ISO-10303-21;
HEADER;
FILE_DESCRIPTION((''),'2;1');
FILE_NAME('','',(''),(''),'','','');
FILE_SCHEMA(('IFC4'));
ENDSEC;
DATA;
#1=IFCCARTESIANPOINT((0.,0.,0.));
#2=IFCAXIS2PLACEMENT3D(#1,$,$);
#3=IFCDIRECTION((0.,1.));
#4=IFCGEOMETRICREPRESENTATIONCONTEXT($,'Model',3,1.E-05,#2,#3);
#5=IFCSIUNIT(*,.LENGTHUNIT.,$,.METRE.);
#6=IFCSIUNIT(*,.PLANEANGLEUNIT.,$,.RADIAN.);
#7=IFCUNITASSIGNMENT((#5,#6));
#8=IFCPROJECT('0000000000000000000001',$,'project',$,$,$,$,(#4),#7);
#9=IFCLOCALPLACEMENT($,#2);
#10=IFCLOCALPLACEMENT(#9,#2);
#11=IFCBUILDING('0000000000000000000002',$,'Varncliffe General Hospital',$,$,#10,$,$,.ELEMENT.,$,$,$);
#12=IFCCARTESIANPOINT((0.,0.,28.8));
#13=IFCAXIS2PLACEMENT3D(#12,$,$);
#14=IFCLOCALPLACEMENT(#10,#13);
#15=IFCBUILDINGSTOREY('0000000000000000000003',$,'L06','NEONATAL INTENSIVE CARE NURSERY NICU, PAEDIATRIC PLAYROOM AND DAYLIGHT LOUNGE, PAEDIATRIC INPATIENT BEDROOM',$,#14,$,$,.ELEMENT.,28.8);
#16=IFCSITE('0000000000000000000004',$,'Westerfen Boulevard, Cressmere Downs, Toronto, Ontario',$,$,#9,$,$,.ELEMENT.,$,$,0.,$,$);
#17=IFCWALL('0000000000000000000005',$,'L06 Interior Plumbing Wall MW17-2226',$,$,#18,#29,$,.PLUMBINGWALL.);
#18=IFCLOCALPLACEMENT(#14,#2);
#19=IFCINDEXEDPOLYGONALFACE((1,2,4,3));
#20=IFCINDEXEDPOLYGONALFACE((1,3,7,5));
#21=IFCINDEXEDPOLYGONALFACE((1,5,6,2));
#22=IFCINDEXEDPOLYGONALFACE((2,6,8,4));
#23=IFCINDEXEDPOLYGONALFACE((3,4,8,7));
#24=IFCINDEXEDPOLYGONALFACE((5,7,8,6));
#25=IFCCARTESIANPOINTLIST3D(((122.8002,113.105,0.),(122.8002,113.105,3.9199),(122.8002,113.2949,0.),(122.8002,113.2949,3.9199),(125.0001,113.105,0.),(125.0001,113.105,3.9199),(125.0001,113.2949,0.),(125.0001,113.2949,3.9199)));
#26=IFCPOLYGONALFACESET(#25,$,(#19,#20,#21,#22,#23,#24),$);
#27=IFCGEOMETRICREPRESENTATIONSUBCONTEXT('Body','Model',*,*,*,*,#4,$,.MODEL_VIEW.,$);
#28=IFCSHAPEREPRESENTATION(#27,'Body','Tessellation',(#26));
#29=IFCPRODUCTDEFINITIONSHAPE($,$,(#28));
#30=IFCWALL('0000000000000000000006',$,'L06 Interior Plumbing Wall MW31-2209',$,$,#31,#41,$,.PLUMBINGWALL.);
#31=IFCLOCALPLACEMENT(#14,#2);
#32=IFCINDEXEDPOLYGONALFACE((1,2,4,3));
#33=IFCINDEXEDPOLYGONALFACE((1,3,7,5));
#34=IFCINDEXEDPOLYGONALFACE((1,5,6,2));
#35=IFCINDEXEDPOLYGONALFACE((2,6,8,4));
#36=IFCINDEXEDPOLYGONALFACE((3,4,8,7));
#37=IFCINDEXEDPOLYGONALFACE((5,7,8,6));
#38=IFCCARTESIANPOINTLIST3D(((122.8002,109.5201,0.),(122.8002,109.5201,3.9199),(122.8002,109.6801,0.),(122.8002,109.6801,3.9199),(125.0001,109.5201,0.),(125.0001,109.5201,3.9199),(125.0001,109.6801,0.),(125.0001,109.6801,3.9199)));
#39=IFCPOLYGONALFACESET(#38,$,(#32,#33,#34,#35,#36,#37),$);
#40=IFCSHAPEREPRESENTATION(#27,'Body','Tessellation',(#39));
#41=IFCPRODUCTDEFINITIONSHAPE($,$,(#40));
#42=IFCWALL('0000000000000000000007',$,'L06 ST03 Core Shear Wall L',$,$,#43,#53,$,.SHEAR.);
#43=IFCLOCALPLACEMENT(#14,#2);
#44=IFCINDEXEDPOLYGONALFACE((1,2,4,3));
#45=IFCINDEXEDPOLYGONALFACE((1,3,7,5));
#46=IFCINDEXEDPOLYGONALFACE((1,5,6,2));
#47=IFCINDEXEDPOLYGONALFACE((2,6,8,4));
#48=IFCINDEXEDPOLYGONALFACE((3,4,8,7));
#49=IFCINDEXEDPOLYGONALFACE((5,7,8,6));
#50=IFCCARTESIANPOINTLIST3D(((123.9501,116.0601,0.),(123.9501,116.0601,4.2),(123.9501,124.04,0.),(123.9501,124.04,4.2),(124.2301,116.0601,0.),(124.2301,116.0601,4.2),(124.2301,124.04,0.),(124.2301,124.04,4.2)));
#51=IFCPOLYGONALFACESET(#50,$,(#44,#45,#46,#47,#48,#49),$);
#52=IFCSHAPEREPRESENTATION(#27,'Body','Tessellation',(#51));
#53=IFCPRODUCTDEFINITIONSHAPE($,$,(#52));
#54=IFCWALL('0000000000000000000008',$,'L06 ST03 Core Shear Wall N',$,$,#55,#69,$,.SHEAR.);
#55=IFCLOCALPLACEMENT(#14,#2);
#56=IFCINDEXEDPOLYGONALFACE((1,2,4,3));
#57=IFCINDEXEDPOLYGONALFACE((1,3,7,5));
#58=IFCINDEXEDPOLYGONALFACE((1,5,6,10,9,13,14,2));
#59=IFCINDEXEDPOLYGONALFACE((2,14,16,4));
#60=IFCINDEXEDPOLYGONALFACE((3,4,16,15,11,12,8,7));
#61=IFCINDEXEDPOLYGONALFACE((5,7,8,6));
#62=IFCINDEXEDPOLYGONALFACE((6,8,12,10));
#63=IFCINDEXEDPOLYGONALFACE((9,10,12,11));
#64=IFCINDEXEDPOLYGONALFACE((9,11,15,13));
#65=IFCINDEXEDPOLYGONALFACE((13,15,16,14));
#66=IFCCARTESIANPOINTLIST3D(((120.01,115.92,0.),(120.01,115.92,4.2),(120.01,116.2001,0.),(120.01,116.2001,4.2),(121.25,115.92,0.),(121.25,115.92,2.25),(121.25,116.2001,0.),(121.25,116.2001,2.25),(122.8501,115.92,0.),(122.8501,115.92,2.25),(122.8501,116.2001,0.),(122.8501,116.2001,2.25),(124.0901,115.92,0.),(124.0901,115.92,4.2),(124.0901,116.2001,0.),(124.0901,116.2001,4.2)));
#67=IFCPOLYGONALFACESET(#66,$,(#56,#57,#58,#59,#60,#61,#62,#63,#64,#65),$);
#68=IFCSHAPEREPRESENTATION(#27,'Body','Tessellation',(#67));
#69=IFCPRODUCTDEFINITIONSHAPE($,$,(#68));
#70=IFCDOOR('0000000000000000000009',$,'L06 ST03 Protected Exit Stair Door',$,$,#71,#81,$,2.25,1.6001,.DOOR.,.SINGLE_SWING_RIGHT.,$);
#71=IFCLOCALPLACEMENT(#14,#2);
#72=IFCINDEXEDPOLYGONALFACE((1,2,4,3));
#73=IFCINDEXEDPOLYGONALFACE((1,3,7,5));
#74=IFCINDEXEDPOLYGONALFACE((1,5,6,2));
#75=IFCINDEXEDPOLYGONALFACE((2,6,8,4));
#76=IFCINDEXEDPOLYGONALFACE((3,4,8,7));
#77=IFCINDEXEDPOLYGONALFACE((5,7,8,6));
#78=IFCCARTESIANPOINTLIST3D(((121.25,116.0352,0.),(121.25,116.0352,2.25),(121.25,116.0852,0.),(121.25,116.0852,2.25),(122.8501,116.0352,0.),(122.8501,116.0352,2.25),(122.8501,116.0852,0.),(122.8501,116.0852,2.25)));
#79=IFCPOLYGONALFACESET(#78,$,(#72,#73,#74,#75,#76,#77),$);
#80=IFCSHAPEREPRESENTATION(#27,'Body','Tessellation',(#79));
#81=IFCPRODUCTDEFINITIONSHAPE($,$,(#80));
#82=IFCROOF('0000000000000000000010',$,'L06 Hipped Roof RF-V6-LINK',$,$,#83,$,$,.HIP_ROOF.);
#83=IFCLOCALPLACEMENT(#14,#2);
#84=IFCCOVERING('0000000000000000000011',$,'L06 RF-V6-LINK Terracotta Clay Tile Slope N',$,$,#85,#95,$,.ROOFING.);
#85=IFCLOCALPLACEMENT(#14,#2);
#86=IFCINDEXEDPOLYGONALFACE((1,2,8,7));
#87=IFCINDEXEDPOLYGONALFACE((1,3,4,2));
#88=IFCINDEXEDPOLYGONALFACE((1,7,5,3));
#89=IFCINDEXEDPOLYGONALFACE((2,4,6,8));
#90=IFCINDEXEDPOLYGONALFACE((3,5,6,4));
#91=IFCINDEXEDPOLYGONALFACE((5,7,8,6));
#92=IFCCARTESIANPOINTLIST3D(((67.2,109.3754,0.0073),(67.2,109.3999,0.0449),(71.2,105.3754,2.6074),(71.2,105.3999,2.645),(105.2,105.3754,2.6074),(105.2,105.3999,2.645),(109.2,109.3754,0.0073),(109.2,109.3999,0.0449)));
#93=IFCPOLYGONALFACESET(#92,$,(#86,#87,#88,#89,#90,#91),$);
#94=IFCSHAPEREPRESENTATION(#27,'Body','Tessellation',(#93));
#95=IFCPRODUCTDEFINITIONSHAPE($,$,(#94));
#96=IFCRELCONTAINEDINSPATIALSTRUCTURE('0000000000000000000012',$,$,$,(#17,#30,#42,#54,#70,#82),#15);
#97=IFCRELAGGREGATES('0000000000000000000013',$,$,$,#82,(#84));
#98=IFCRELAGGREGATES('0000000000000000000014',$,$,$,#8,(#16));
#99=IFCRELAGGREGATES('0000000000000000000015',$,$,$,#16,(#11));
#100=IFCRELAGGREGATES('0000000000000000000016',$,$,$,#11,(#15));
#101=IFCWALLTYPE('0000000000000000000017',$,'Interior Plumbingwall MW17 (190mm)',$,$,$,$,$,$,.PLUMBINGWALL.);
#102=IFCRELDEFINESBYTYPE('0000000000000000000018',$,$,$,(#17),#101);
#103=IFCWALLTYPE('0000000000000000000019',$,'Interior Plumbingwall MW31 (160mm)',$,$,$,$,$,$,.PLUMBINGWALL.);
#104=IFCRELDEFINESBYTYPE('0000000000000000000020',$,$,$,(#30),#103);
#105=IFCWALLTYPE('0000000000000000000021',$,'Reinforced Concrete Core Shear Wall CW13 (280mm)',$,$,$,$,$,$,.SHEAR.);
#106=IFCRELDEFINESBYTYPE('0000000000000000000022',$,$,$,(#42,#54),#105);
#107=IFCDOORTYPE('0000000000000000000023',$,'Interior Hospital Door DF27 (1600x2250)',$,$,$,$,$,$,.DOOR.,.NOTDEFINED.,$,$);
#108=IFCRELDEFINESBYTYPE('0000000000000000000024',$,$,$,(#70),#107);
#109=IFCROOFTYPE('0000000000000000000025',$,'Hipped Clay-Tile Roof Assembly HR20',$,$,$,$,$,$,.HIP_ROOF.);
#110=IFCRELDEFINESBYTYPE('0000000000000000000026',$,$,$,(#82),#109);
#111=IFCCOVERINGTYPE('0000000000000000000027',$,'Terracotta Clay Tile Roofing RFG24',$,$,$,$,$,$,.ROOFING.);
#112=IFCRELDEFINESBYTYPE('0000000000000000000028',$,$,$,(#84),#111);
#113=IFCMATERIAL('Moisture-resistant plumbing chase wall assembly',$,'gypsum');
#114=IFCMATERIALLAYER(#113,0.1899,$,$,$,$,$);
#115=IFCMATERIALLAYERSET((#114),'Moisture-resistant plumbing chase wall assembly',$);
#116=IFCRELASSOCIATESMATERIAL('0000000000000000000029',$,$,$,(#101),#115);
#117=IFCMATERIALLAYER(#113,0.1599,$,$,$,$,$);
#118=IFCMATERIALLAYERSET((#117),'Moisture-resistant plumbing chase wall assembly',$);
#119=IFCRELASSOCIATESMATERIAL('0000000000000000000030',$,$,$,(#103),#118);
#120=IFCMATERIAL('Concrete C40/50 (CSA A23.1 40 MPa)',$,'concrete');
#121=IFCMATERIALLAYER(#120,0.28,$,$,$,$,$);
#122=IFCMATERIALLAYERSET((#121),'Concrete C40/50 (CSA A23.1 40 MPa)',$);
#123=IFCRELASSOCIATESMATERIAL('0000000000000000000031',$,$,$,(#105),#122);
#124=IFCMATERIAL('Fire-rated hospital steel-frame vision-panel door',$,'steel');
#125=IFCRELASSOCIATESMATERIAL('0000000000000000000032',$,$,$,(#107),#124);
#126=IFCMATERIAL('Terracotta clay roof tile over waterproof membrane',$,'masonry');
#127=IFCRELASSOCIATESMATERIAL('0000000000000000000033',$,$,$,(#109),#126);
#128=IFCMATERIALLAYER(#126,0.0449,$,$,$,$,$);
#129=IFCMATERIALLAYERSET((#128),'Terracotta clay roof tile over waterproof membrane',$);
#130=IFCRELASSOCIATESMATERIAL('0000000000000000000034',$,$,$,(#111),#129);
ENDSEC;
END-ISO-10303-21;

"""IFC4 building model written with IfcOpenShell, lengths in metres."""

from ifc_helpers import new_model, si_unit, direction, frame, frame_2d, origin, place, context, subcontext, project, spatial, polyline, rectangle, outline, extrude, material, layer, layer_set, type_object, element, fill, aggregate, save


model = new_model("IFC4")

# Units and contexts
model_context = context("Model", 3, precision=1e-05, world=origin(), true_north=direction((0.0, 1.0)))
body_context = subcontext(model_context, "Body", "Model", "MODEL_VIEW")
ifc_project = project(units=[si_unit("LENGTHUNIT", "METRE"), si_unit("PLANEANGLEUNIT", "RADIAN")], contexts=[model_context])

# Site, building, storey
site_placement = place(None, origin())
site = spatial("IfcSite", under=ifc_project, at=site_placement, Name="Westerfen Boulevard, Cressmere Downs, Toronto, Ontario", CompositionType="ELEMENT", RefElevation=0.0)
building_placement = place(site_placement, origin())
building = spatial("IfcBuilding", under=site, at=building_placement, Name="Varncliffe General Hospital", CompositionType="ELEMENT")
storey_placement = place(building_placement, frame((0.0, 0.0, 28.8)))
storey = spatial("IfcBuildingStorey", under=building, at=storey_placement, Name="L06", Description="NEONATAL INTENSIVE CARE NURSERY NICU, PAEDIATRIC PLAYROOM AND DAYLIGHT LOUNGE, PAEDIATRIC INPATIENT BEDROOM", CompositionType="ELEMENT", Elevation=28.8)

# Shared definitions
ifc_material_1 = material(Name="Concrete C40/50 (CSA A23.1 40 MPa)", Category="concrete")

# Shared definitions
ifc_material_2 = material(Name="Fire-rated hospital steel-frame vision-panel door", Category="steel")

# Walls
ifc_material_3 = material(Name="Moisture-resistant plumbing chase wall assembly", Category="gypsum")
ifc_layer_1 = layer(ifc_material_3, 0.1899)
ifc_layer_set_1 = layer_set([ifc_layer_1], Name="Moisture-resistant plumbing chase wall assembly")
wall_type_1 = type_object("IfcWallType", Name="Interior Plumbingwall MW17 (190mm)", PredefinedType="PLUMBINGWALL", material=ifc_layer_set_1)
wall_1_placement = place(storey_placement, frame((122.8, 113.2, 0.0), z_axis=(0.0, 0.0, 1.0), x_axis=(1.0, 0.0, 0.0)))
element("IfcWall", 1, at=wall_1_placement, inside=storey, type_object=wall_type_1, Name="L06 Interior Plumbing Wall MW17-2226", PredefinedType="PLUMBINGWALL", context=body_context, shape_type="SweptSolid", body=[
    extrude(rectangle(XDim=2.2, YDim=0.1899, at=frame_2d((1.1001, 0.0))), origin(), (0.0, 0.0, 1.0), 3.9199),
])
ifc_layer_2 = layer(ifc_material_3, 0.1599)
ifc_layer_set_2 = layer_set([ifc_layer_2], Name="Moisture-resistant plumbing chase wall assembly")
wall_type_2 = type_object("IfcWallType", Name="Interior Plumbingwall MW31 (160mm)", PredefinedType="PLUMBINGWALL", material=ifc_layer_set_2)
wall_2_placement = place(storey_placement, frame((122.8, 109.6001, 0.0), z_axis=(0.0, 0.0, 1.0), x_axis=(1.0, 0.0, 0.0)))
element("IfcWall", 2, at=wall_2_placement, inside=storey, type_object=wall_type_2, Name="L06 Interior Plumbing Wall MW31-2209", PredefinedType="PLUMBINGWALL", context=body_context, shape_type="SweptSolid", body=[
    extrude(rectangle(XDim=2.2, YDim=0.1599, at=frame_2d((1.1001, 0.0))), origin(), (0.0, 0.0, 1.0), 3.9199),
])
ifc_layer_3 = layer(ifc_material_1, 0.28)
ifc_layer_set_3 = layer_set([ifc_layer_3], Name="Concrete C40/50 (CSA A23.1 40 MPa)")
wall_type_3 = type_object("IfcWallType", Name="Reinforced Concrete Core Shear Wall CW13 (280mm)", PredefinedType="SHEAR", material=ifc_layer_set_3)
wall_3_placement = place(storey_placement, frame((124.0901, 116.0601, 0.0), z_axis=(0.0, 0.0, 1.0), x_axis=(0.0, 1.0, 0.0)))
element("IfcWall", 3, at=wall_3_placement, inside=storey, type_object=wall_type_3, Name="L06 ST03 Core Shear Wall L", PredefinedType="SHEAR", context=body_context, shape_type="SweptSolid", body=[
    extrude(rectangle(XDim=7.98, YDim=0.28, at=frame_2d((3.99, 0.0))), origin(), (0.0, 0.0, 1.0), 4.2),
])

# Wall, opening, door
wall_4_placement = place(storey_placement, frame((120.01, 116.0601, 0.0), z_axis=(0.0, 0.0, 1.0), x_axis=(1.0, 0.0, 0.0)))
wall_4 = element("IfcWall", 4, at=wall_4_placement, inside=storey, type_object=wall_type_3, Name="L06 ST03 Core Shear Wall N", PredefinedType="SHEAR", context=body_context, shape_type="SweptSolid", body=[
    extrude(rectangle(XDim=4.0801, YDim=0.28, at=frame_2d((2.04, 0.0))), origin(), (0.0, 0.0, 1.0), 4.2),
])
opening_1_placement = place(wall_4_placement, frame((1.24, 0.0, 0.0)))
opening_1 = element("IfcOpeningElement", 5, at=opening_1_placement, cuts=wall_4, PredefinedType="OPENING", context=body_context, shape_type="SweptSolid", body=[
    extrude(rectangle(XDim=1.6001, YDim=2.25, at=frame_2d((0.8, 1.125))), frame((0.0, 0.1499, 0.0), z_axis=(0.0, -1.0, 0.0), x_axis=(1.0, 0.0, 0.0)), (0.0, 0.0, 1.0), 0.3),
])
door_type_1 = type_object("IfcDoorType", Name="Interior Hospital Door DF27 (1600x2250)", OperationType="NOTDEFINED", PredefinedType="DOOR", material=ifc_material_2)
door_1_placement = place(opening_1_placement, frame((1.6001, 0.0, 0.0), z_axis=(0.0, 0.0, 1.0), x_axis=(-1.0, 0.0, 0.0)))
door_1 = element("IfcDoor", 6, at=door_1_placement, inside=storey, type_object=door_type_1, Name="L06 ST03 Protected Exit Stair Door", OperationType="SINGLE_SWING_RIGHT", OverallHeight=2.25, OverallWidth=1.6001, PredefinedType="DOOR", context=body_context, shape_type="SweptSolid", body=[
    extrude(rectangle(XDim=1.6001, YDim=2.25, at=frame_2d((0.8, 1.125))), frame((0.0, 0.0249, 0.0), z_axis=(0.0, -1.0, 0.0), x_axis=(1.0, 0.0, 0.0)), (0.0, 0.0, 1.0), 0.05),
])
fill(opening_1, door_1)

# Roof, covering
ifc_material_4 = material(Name="Terracotta clay roof tile over waterproof membrane", Category="masonry")
roof_type = type_object("IfcRoofType", Name="Hipped Clay-Tile Roof Assembly HR20", PredefinedType="HIP_ROOF", material=ifc_material_4)
roof_placement = place(storey_placement, origin())
roof = element("IfcRoof", 7, at=roof_placement, inside=storey, type_object=roof_type, Name="L06 Hipped Roof RF-V6-LINK", PredefinedType="HIP_ROOF")
ifc_layer_4 = layer(ifc_material_4, 0.0449)
ifc_layer_set_4 = layer_set([ifc_layer_4], Name="Terracotta clay roof tile over waterproof membrane")
covering_type = type_object("IfcCoveringType", Name="Terracotta Clay Tile Roofing RFG24", PredefinedType="ROOFING", material=ifc_layer_set_4)
covering_placement = place(storey_placement, frame((109.2, 109.3999, 0.0449), z_axis=(0.0, 0.545003, 0.838434), x_axis=(-1.0, 0.0, 0.0)))
covering = element("IfcCovering", 8, at=covering_placement, type_object=covering_type, Name="L06 RF-V6-LINK Terracotta Clay Tile Slope N", PredefinedType="ROOFING", context=body_context, shape_type="SweptSolid", body=[
    extrude(outline(polyline([(0.0, 0.0), (42.0, 0.0), (38.0, 4.7708), (4.0, 4.7708), (0.0, 0.0)])), origin(), (0.0, 0.0, -1.0), 0.0449),
])
aggregate(roof, [covering])

save(model, "model.ifc")
